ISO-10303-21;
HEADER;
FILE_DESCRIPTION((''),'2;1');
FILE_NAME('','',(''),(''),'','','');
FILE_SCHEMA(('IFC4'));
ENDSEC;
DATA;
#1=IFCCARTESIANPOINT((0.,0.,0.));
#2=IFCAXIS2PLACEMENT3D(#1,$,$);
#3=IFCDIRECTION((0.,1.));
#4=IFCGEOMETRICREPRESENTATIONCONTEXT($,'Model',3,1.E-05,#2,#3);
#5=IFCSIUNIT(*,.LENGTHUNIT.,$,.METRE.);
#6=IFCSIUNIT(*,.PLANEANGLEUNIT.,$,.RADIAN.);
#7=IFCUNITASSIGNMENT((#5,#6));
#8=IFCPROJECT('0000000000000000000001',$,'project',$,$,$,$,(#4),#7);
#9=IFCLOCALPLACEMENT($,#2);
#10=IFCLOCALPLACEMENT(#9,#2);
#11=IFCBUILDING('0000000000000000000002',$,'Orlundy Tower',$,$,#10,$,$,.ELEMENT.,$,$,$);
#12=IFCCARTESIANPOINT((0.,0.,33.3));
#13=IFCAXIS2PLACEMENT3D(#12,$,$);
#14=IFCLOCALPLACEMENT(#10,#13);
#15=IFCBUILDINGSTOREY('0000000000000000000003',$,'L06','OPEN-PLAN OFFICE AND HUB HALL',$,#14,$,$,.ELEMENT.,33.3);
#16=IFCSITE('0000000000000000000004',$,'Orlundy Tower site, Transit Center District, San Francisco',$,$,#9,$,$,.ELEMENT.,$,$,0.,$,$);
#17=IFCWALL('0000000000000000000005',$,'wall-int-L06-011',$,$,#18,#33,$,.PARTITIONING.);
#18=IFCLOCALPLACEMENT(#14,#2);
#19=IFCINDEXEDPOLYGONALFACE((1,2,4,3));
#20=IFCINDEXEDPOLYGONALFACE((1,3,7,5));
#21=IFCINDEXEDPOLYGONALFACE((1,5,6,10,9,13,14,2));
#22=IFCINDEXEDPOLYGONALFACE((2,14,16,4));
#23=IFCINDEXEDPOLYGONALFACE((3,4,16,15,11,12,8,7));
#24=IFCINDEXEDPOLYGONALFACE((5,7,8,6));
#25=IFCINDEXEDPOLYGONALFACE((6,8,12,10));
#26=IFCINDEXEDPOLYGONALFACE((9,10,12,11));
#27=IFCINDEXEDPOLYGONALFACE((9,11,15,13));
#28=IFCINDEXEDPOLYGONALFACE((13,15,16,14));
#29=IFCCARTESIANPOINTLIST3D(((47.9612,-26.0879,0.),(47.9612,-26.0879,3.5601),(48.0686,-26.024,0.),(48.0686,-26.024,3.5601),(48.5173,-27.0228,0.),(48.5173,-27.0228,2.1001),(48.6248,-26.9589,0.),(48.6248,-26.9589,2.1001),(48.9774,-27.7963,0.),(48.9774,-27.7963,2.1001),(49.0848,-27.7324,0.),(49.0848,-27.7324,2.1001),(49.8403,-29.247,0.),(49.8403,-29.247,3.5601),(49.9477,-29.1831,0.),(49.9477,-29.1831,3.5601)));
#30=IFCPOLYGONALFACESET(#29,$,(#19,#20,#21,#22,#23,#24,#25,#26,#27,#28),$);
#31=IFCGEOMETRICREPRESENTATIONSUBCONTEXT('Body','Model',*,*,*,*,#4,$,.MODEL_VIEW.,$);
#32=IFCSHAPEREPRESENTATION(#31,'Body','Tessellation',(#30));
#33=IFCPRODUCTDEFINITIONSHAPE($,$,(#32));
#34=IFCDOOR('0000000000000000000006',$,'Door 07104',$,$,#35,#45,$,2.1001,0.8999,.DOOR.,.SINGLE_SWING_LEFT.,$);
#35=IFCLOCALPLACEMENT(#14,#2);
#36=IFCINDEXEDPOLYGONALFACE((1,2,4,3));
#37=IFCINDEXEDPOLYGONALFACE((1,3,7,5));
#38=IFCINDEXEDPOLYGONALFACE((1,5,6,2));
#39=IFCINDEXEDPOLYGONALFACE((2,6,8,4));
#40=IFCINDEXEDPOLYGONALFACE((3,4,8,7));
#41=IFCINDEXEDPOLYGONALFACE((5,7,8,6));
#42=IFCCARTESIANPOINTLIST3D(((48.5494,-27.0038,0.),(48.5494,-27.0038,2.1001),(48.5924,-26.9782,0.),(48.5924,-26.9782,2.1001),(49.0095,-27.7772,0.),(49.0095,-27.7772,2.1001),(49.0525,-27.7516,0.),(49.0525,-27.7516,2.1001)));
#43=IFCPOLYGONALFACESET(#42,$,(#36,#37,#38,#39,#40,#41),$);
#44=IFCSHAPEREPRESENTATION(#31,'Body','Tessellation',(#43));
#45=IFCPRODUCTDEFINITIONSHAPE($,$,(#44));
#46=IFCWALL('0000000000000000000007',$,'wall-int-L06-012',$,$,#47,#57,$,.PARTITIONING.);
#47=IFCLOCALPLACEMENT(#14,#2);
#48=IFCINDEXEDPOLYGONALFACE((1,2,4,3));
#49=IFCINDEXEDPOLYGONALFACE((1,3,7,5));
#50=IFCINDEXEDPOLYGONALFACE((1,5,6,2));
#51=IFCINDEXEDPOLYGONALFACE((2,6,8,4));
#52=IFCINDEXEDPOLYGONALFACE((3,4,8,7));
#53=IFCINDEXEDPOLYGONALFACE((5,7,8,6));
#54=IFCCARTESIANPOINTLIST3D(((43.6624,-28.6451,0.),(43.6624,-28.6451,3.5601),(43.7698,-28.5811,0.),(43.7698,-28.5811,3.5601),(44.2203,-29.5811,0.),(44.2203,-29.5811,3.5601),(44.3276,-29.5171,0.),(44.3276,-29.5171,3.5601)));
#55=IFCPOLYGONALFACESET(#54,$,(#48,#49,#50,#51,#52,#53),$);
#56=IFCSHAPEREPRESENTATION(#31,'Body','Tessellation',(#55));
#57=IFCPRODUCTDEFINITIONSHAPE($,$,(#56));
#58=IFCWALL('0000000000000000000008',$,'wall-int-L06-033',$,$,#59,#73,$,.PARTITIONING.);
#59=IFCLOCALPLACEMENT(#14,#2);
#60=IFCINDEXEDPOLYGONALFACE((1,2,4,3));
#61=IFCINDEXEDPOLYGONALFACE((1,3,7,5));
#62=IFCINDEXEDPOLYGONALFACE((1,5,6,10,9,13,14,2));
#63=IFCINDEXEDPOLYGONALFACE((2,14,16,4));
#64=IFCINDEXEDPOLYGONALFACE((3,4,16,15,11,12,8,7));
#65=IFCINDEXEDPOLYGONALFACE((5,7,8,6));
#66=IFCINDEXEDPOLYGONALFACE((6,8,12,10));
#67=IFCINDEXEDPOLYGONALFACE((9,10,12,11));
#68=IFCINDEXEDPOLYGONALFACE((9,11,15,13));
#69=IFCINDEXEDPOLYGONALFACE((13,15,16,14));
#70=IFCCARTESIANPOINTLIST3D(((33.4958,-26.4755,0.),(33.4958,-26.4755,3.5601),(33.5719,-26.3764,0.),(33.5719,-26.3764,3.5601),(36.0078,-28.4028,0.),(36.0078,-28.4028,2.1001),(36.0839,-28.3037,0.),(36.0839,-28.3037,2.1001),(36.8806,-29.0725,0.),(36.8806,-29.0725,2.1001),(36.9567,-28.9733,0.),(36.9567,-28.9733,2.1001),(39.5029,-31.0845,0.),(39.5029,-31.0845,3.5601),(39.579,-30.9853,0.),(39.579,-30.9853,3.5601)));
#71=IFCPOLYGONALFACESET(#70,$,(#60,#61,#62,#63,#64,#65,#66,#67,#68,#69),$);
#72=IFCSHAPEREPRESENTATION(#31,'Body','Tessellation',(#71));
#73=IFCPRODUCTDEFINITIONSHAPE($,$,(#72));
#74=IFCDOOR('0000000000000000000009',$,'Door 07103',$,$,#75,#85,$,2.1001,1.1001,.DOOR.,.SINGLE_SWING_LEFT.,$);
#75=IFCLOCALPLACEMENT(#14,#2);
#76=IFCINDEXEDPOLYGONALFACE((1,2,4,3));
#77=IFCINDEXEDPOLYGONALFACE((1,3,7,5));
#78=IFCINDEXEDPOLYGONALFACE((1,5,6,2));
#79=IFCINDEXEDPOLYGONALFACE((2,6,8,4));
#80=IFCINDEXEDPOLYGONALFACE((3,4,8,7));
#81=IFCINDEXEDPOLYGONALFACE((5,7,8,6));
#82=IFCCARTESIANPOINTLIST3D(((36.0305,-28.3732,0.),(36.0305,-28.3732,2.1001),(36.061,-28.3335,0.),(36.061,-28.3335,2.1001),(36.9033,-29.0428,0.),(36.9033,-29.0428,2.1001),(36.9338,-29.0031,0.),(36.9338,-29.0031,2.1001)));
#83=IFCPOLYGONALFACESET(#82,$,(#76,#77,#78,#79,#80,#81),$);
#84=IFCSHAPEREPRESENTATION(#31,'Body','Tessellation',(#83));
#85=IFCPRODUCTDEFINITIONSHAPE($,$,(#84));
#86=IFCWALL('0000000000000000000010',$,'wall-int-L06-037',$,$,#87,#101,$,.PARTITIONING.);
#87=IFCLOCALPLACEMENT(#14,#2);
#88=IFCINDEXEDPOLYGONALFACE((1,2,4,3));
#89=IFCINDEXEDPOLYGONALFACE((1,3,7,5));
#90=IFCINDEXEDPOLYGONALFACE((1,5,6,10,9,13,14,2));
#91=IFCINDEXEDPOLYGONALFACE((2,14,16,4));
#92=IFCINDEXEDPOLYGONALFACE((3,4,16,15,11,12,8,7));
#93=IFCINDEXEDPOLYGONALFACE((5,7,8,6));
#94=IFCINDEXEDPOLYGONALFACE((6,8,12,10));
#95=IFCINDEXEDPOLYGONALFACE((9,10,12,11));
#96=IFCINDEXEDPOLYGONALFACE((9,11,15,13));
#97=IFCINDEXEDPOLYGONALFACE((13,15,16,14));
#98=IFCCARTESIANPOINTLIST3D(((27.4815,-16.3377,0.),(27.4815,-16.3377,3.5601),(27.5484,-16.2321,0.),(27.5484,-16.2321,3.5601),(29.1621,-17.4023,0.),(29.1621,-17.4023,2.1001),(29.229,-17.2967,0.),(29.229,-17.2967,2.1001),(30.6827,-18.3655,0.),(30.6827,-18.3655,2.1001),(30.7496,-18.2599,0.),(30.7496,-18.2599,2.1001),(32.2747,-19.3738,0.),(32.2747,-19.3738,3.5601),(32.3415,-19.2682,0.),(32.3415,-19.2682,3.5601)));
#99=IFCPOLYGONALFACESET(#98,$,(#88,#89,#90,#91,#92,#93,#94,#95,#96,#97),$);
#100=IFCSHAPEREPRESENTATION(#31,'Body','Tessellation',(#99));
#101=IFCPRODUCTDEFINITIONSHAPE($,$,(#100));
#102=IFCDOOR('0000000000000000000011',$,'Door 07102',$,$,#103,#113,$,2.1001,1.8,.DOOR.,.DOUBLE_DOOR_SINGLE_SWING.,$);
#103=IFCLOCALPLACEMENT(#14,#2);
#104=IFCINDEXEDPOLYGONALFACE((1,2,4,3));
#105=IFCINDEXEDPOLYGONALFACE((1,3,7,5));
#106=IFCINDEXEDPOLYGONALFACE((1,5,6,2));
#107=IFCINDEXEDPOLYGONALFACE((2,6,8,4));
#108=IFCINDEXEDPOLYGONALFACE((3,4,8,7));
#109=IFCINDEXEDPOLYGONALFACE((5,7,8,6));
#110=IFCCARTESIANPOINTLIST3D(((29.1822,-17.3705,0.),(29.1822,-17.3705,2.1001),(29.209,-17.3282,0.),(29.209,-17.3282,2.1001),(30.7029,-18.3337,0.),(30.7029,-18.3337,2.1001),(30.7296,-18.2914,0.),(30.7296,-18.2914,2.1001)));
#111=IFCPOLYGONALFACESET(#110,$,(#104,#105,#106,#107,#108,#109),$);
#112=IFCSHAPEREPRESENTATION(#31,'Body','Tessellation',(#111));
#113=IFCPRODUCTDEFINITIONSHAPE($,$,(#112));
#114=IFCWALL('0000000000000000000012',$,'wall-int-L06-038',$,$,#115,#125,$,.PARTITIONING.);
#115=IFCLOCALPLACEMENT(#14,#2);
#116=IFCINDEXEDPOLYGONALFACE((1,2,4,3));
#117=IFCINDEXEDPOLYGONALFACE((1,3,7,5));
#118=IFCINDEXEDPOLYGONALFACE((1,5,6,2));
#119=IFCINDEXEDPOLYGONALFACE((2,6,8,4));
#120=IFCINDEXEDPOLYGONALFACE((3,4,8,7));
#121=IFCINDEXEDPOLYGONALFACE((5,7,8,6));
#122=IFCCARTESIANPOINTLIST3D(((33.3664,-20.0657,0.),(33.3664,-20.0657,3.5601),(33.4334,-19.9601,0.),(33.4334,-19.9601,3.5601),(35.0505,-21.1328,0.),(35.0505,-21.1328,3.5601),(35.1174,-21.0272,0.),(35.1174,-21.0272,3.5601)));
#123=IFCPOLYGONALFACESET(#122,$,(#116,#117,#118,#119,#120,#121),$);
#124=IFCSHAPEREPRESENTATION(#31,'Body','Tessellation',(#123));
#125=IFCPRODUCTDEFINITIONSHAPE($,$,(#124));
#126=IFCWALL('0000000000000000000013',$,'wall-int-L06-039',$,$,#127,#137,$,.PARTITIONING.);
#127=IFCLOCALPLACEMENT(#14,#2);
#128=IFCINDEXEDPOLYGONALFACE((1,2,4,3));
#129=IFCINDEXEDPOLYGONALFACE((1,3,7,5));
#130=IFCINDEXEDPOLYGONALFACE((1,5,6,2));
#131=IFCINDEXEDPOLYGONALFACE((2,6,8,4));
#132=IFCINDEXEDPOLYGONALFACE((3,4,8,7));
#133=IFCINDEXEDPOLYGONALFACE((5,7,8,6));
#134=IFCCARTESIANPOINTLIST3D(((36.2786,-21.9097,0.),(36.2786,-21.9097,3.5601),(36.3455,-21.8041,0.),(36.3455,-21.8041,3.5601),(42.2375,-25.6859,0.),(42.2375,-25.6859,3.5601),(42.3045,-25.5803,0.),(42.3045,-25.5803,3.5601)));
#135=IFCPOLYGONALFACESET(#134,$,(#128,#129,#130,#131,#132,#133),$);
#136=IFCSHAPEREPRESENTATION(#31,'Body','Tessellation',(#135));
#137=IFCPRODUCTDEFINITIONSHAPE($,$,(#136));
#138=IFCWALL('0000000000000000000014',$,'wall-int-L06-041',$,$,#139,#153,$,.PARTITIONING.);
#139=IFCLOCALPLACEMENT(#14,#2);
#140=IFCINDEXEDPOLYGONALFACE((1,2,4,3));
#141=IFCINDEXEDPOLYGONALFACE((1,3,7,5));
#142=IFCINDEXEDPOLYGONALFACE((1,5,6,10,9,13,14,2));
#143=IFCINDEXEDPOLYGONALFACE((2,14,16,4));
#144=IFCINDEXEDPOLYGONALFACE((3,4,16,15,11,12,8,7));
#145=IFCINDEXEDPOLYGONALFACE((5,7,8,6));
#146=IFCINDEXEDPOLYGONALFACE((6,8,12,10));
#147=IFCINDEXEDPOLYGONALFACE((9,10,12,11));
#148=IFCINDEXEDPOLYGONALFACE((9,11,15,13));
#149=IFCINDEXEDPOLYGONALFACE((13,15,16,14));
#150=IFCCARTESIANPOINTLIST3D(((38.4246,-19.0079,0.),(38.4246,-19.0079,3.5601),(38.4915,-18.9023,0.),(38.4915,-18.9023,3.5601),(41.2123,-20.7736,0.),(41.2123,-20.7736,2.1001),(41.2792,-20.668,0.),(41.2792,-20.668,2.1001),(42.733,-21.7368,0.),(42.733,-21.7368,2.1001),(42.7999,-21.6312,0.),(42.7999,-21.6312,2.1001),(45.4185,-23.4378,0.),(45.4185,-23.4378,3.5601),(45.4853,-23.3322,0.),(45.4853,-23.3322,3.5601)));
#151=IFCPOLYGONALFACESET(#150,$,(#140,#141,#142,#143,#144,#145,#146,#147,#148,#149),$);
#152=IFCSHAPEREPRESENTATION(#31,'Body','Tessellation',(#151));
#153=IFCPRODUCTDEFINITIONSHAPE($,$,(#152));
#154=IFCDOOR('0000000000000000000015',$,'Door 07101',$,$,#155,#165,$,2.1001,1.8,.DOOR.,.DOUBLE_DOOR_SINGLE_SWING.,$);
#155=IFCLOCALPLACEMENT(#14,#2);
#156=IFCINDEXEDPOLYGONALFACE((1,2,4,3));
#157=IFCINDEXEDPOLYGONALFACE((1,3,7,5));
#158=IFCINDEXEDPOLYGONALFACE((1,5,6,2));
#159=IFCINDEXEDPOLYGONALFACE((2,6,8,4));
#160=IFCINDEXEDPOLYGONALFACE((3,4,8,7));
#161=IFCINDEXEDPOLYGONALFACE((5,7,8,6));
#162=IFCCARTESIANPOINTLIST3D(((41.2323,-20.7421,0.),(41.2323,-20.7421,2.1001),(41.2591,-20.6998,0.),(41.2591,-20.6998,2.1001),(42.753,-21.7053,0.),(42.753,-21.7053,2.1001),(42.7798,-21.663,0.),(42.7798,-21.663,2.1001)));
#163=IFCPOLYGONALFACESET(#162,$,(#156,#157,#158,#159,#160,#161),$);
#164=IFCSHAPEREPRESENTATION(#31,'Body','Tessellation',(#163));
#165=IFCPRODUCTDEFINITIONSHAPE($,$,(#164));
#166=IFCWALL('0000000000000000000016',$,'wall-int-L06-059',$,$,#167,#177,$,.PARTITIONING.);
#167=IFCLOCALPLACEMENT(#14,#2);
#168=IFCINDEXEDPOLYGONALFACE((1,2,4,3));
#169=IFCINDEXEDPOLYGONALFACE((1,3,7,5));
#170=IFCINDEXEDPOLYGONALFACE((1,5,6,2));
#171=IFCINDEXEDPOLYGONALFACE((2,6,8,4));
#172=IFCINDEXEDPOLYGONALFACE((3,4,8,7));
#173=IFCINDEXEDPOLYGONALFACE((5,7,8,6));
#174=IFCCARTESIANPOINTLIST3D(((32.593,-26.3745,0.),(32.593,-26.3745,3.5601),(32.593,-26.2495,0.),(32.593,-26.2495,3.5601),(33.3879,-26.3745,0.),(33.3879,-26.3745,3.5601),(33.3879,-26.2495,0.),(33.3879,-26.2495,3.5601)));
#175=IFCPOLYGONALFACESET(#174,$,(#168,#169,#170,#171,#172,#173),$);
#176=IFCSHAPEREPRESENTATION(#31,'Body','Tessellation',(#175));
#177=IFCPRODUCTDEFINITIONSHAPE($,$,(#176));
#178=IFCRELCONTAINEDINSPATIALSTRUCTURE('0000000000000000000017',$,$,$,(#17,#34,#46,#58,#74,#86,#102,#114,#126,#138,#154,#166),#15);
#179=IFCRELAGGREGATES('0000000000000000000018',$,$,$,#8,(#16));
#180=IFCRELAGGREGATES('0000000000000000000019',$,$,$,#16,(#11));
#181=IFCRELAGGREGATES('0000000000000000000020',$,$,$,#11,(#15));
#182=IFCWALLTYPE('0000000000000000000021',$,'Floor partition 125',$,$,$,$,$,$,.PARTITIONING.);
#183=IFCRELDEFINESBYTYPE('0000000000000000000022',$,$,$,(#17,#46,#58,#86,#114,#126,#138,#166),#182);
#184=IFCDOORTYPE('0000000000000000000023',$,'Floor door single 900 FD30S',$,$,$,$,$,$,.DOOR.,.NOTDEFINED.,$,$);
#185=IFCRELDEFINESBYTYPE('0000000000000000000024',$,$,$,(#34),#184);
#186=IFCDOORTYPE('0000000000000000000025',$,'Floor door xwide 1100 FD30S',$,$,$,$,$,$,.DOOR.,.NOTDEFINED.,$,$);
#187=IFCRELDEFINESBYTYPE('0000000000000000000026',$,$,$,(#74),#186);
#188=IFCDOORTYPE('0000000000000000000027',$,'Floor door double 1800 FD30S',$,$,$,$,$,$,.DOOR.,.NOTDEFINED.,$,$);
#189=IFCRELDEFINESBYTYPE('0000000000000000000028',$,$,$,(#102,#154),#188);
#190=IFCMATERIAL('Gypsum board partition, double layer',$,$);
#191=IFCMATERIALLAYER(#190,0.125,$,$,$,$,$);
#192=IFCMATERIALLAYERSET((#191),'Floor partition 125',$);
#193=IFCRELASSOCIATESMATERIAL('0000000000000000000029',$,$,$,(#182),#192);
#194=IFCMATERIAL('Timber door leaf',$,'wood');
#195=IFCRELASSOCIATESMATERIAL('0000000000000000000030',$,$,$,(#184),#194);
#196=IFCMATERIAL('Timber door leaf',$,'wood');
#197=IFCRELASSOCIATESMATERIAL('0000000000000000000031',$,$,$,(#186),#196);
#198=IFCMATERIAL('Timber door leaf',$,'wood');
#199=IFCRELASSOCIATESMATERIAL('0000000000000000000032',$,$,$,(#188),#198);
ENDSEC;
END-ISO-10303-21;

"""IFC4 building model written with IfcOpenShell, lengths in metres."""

from ifc_helpers import new_model, si_unit, direction, frame, frame_2d, origin, place, context, subcontext, project, spatial, rectangle, extrude, material, layer, layer_set, type_object, element, fill, save


model = new_model("IFC4")

# Units and contexts
model_context = context("Model", 3, precision=1e-05, world=origin(), true_north=direction((0.0, 1.0)))
body_context = subcontext(model_context, "Body", "Model", "MODEL_VIEW")
ifc_project = project(units=[si_unit("LENGTHUNIT", "METRE"), si_unit("PLANEANGLEUNIT", "RADIAN")], contexts=[model_context])

# Site, building, storey
site_placement = place(None, origin())
site = spatial("IfcSite", under=ifc_project, at=site_placement, Name="Orlundy Tower site, Transit Center District, San Francisco", CompositionType="ELEMENT", RefElevation=0.0)
building_placement = place(site_placement, origin())
building = spatial("IfcBuilding", under=site, at=building_placement, Name="Orlundy Tower", CompositionType="ELEMENT")
storey_placement = place(building_placement, frame((0.0, 0.0, 33.3)))
storey = spatial("IfcBuildingStorey", under=building, at=storey_placement, Name="L06", Description="OPEN-PLAN OFFICE AND HUB HALL", CompositionType="ELEMENT", Elevation=33.3)

# Shared definitions
ifc_material_1 = material(Name="Gypsum board partition, double layer")
ifc_layer_1 = layer(ifc_material_1, 0.125)
ifc_layer_set_1 = layer_set([ifc_layer_1], Name="Floor partition 125")
wall_type_1 = type_object("IfcWallType", Name="Floor partition 125", PredefinedType="PARTITIONING", material=ifc_layer_set_1)

# Wall, opening, door
wall_1_placement = place(storey_placement, frame((48.0149, -26.0559, 0.0), z_axis=(0.0, 0.0, 1.0), x_axis=(0.51122, -0.85945, 0.0)))
wall_1 = element("IfcWall", 1, at=wall_1_placement, inside=storey, type_object=wall_type_1, Name="wall-int-L06-011", PredefinedType="PARTITIONING", context=body_context, shape_type="SweptSolid", body=[
    extrude(rectangle(XDim=3.6758, YDim=0.125, at=frame_2d((1.8379, 0.0))), origin(), (0.0, 0.0, 1.0), 3.5601),
])
opening_1_placement = place(wall_1_placement, frame((1.0879, 0.0, 0.0)))
opening_1 = element("IfcOpeningElement", 2, at=opening_1_placement, cuts=wall_1, PredefinedType="OPENING", context=body_context, shape_type="SweptSolid", body=[
    extrude(rectangle(XDim=0.8999, YDim=2.1001, at=frame_2d((0.45, 1.05))), frame((0.0, 0.0725, 0.0), z_axis=(0.0, -1.0, 0.0), x_axis=(1.0, 0.0, 0.0)), (0.0, 0.0, 1.0), 0.145),
])
ifc_material_2 = material(Name="Timber door leaf", Category="wood")
door_type_1 = type_object("IfcDoorType", Name="Floor door single 900 FD30S", OperationType="NOTDEFINED", PredefinedType="DOOR", material=ifc_material_2)
door_1_placement = place(opening_1_placement, origin())
door_1 = element("IfcDoor", 3, at=door_1_placement, inside=storey, type_object=door_type_1, Name="Door 07104", OperationType="SINGLE_SWING_LEFT", OverallHeight=2.1001, OverallWidth=0.8999, PredefinedType="DOOR", context=body_context, shape_type="SweptSolid", body=[
    extrude(rectangle(XDim=0.8999, YDim=2.1001, at=frame_2d((0.45, 1.05))), frame((0.0, 0.0249, 0.0), z_axis=(0.0, -1.0, 0.0), x_axis=(1.0, 0.0, 0.0)), (0.0, 0.0, 1.0), 0.05),
])
fill(opening_1, door_1)

# Wall
wall_2_placement = place(storey_placement, frame((43.7161, -28.613, 0.0), z_axis=(0.0, 0.0, 1.0), x_axis=(0.511956, -0.859011, 0.0)))
element("IfcWall", 4, at=wall_2_placement, inside=storey, type_object=wall_type_1, Name="wall-int-L06-012", PredefinedType="PARTITIONING", context=body_context, shape_type="SweptSolid", body=[
    extrude(rectangle(XDim=1.0896, YDim=0.125, at=frame_2d((0.5449, 0.0))), origin(), (0.0, 0.0, 1.0), 3.5601),
])

# Walls, openings, doors
wall_3_placement = place(storey_placement, frame((33.5339, -26.426, 0.0), z_axis=(0.0, 0.0, 1.0), x_axis=(0.793386, -0.608719, 0.0)))
wall_3 = element("IfcWall", 5, at=wall_3_placement, inside=storey, type_object=wall_type_1, Name="wall-int-L06-033", PredefinedType="PARTITIONING", context=body_context, shape_type="SweptSolid", body=[
    extrude(rectangle(XDim=7.5715, YDim=0.125, at=frame_2d((3.7856, 0.0))), origin(), (0.0, 0.0, 1.0), 3.5601),
])
opening_2_placement = place(wall_3_placement, frame((3.166, 0.0, 0.0)))
opening_2 = element("IfcOpeningElement", 6, at=opening_2_placement, cuts=wall_3, PredefinedType="OPENING", context=body_context, shape_type="SweptSolid", body=[
    extrude(rectangle(XDim=1.1001, YDim=2.1001, at=frame_2d((0.55, 1.05))), frame((0.0, 0.0725, 0.0), z_axis=(0.0, -1.0, 0.0), x_axis=(1.0, 0.0, 0.0)), (0.0, 0.0, 1.0), 0.145),
])
ifc_material_3 = material(Name="Timber door leaf", Category="wood")
door_type_2 = type_object("IfcDoorType", Name="Floor door xwide 1100 FD30S", OperationType="NOTDEFINED", PredefinedType="DOOR", material=ifc_material_3)
door_2_placement = place(opening_2_placement, origin())
door_2 = element("IfcDoor", 7, at=door_2_placement, inside=storey, type_object=door_type_2, Name="Door 07103", OperationType="SINGLE_SWING_LEFT", OverallHeight=2.1001, OverallWidth=1.1001, PredefinedType="DOOR", context=body_context, shape_type="SweptSolid", body=[
    extrude(rectangle(XDim=1.1001, YDim=2.1001, at=frame_2d((0.55, 1.05))), frame((0.0, 0.0249, 0.0), z_axis=(0.0, -1.0, 0.0), x_axis=(1.0, 0.0, 0.0)), (0.0, 0.0, 1.0), 0.05),
])
fill(opening_2, door_2)
wall_4_placement = place(storey_placement, frame((32.3081, -19.321, 0.0), z_axis=(0.0, 0.0, 1.0), x_axis=(-0.844785, 0.535106, 0.0)))
wall_4 = element("IfcWall", 8, at=wall_4_placement, inside=storey, type_object=wall_type_1, Name="wall-int-L06-037", PredefinedType="PARTITIONING", context=body_context, shape_type="SweptSolid", body=[
    extrude(rectangle(XDim=5.6738, YDim=0.125, at=frame_2d((2.8369, 0.0))), origin(), (0.0, 0.0, 1.0), 3.5601),
])
opening_3_placement = place(wall_4_placement, frame((1.8845, 0.0, 0.0)))
opening_3 = element("IfcOpeningElement", 9, at=opening_3_placement, cuts=wall_4, PredefinedType="OPENING", context=body_context, shape_type="SweptSolid", body=[
    extrude(rectangle(XDim=1.8, YDim=2.1001, at=frame_2d((0.8999, 1.05))), frame((0.0, 0.0725, 0.0), z_axis=(0.0, -1.0, 0.0), x_axis=(1.0, 0.0, 0.0)), (0.0, 0.0, 1.0), 0.145),
])
ifc_material_4 = material(Name="Timber door leaf", Category="wood")
door_type_3 = type_object("IfcDoorType", Name="Floor door double 1800 FD30S", OperationType="NOTDEFINED", PredefinedType="DOOR", material=ifc_material_4)
door_3_placement = place(opening_3_placement, origin())
door_3 = element("IfcDoor", 10, at=door_3_placement, inside=storey, type_object=door_type_3, Name="Door 07102", OperationType="DOUBLE_DOOR_SINGLE_SWING", OverallHeight=2.1001, OverallWidth=1.8, PredefinedType="DOOR", context=body_context, shape_type="SweptSolid", body=[
    extrude(rectangle(XDim=1.8, YDim=2.1001, at=frame_2d((0.8999, 1.05))), frame((0.0, 0.0249, 0.0), z_axis=(0.0, -1.0, 0.0), x_axis=(1.0, 0.0, 0.0)), (0.0, 0.0, 1.0), 0.05),
])
fill(opening_3, door_3)

# Walls
wall_5_placement = place(storey_placement, frame((33.3999, -20.0129, 0.0), z_axis=(0.0, 0.0, 1.0), x_axis=(0.844694, -0.53525, 0.0)))
element("IfcWall", 11, at=wall_5_placement, inside=storey, type_object=wall_type_1, Name="wall-int-L06-038", PredefinedType="PARTITIONING", context=body_context, shape_type="SweptSolid", body=[
    extrude(rectangle(XDim=1.9937, YDim=0.125, at=frame_2d((0.9968, 0.0))), origin(), (0.0, 0.0, 1.0), 3.5601),
])
wall_6_placement = place(storey_placement, frame((36.312, -21.8569, 0.0), z_axis=(0.0, 0.0, 1.0), x_axis=(0.844685, -0.535264, 0.0)))
element("IfcWall", 12, at=wall_6_placement, inside=storey, type_object=wall_type_1, Name="wall-int-L06-039", PredefinedType="PARTITIONING", context=body_context, shape_type="SweptSolid", body=[
    extrude(rectangle(XDim=7.0547, YDim=0.125, at=frame_2d((3.5273, 0.0))), origin(), (0.0, 0.0, 1.0), 3.5601),
])

# Wall, opening, door
wall_7_placement = place(storey_placement, frame((38.458, -18.9551, 0.0), z_axis=(0.0, 0.0, 1.0), x_axis=(0.844794, -0.535092, 0.0)))
wall_7 = element("IfcWall", 13, at=wall_7_placement, inside=storey, type_object=wall_type_1, Name="wall-int-L06-041", PredefinedType="PARTITIONING", context=body_context, shape_type="SweptSolid", body=[
    extrude(rectangle(XDim=8.2788, YDim=0.125, at=frame_2d((4.1394, 0.0))), origin(), (0.0, 0.0, 1.0), 3.5601),
])
opening_4_placement = place(wall_7_placement, frame((3.3, 0.0, 0.0)))
opening_4 = element("IfcOpeningElement", 14, at=opening_4_placement, cuts=wall_7, PredefinedType="OPENING", context=body_context, shape_type="SweptSolid", body=[
    extrude(rectangle(XDim=1.8, YDim=2.1001, at=frame_2d((0.8999, 1.05))), frame((0.0, 0.0725, 0.0), z_axis=(0.0, -1.0, 0.0), x_axis=(1.0, 0.0, 0.0)), (0.0, 0.0, 1.0), 0.145),
])
door_4_placement = place(opening_4_placement, origin())
door_4 = element("IfcDoor", 15, at=door_4_placement, inside=storey, type_object=door_type_3, Name="Door 07101", OperationType="DOUBLE_DOOR_SINGLE_SWING", OverallHeight=2.1001, OverallWidth=1.8, PredefinedType="DOOR", context=body_context, shape_type="SweptSolid", body=[
    extrude(rectangle(XDim=1.8, YDim=2.1001, at=frame_2d((0.8999, 1.05))), frame((0.0, 0.0249, 0.0), z_axis=(0.0, -1.0, 0.0), x_axis=(1.0, 0.0, 0.0)), (0.0, 0.0, 1.0), 0.05),
])
fill(opening_4, door_4)

# Wall
wall_8_placement = place(storey_placement, frame((32.593, -26.312, 0.0), z_axis=(0.0, 0.0, 1.0), x_axis=(1.0, 0.0, 0.0)))
element("IfcWall", 16, at=wall_8_placement, inside=storey, type_object=wall_type_1, Name="wall-int-L06-059", PredefinedType="PARTITIONING", context=body_context, shape_type="SweptSolid", body=[
    extrude(rectangle(XDim=0.7949, YDim=0.125, at=frame_2d((0.3975, 0.0))), origin(), (0.0, 0.0, 1.0), 3.5601),
])

save(model, "model.ifc")
